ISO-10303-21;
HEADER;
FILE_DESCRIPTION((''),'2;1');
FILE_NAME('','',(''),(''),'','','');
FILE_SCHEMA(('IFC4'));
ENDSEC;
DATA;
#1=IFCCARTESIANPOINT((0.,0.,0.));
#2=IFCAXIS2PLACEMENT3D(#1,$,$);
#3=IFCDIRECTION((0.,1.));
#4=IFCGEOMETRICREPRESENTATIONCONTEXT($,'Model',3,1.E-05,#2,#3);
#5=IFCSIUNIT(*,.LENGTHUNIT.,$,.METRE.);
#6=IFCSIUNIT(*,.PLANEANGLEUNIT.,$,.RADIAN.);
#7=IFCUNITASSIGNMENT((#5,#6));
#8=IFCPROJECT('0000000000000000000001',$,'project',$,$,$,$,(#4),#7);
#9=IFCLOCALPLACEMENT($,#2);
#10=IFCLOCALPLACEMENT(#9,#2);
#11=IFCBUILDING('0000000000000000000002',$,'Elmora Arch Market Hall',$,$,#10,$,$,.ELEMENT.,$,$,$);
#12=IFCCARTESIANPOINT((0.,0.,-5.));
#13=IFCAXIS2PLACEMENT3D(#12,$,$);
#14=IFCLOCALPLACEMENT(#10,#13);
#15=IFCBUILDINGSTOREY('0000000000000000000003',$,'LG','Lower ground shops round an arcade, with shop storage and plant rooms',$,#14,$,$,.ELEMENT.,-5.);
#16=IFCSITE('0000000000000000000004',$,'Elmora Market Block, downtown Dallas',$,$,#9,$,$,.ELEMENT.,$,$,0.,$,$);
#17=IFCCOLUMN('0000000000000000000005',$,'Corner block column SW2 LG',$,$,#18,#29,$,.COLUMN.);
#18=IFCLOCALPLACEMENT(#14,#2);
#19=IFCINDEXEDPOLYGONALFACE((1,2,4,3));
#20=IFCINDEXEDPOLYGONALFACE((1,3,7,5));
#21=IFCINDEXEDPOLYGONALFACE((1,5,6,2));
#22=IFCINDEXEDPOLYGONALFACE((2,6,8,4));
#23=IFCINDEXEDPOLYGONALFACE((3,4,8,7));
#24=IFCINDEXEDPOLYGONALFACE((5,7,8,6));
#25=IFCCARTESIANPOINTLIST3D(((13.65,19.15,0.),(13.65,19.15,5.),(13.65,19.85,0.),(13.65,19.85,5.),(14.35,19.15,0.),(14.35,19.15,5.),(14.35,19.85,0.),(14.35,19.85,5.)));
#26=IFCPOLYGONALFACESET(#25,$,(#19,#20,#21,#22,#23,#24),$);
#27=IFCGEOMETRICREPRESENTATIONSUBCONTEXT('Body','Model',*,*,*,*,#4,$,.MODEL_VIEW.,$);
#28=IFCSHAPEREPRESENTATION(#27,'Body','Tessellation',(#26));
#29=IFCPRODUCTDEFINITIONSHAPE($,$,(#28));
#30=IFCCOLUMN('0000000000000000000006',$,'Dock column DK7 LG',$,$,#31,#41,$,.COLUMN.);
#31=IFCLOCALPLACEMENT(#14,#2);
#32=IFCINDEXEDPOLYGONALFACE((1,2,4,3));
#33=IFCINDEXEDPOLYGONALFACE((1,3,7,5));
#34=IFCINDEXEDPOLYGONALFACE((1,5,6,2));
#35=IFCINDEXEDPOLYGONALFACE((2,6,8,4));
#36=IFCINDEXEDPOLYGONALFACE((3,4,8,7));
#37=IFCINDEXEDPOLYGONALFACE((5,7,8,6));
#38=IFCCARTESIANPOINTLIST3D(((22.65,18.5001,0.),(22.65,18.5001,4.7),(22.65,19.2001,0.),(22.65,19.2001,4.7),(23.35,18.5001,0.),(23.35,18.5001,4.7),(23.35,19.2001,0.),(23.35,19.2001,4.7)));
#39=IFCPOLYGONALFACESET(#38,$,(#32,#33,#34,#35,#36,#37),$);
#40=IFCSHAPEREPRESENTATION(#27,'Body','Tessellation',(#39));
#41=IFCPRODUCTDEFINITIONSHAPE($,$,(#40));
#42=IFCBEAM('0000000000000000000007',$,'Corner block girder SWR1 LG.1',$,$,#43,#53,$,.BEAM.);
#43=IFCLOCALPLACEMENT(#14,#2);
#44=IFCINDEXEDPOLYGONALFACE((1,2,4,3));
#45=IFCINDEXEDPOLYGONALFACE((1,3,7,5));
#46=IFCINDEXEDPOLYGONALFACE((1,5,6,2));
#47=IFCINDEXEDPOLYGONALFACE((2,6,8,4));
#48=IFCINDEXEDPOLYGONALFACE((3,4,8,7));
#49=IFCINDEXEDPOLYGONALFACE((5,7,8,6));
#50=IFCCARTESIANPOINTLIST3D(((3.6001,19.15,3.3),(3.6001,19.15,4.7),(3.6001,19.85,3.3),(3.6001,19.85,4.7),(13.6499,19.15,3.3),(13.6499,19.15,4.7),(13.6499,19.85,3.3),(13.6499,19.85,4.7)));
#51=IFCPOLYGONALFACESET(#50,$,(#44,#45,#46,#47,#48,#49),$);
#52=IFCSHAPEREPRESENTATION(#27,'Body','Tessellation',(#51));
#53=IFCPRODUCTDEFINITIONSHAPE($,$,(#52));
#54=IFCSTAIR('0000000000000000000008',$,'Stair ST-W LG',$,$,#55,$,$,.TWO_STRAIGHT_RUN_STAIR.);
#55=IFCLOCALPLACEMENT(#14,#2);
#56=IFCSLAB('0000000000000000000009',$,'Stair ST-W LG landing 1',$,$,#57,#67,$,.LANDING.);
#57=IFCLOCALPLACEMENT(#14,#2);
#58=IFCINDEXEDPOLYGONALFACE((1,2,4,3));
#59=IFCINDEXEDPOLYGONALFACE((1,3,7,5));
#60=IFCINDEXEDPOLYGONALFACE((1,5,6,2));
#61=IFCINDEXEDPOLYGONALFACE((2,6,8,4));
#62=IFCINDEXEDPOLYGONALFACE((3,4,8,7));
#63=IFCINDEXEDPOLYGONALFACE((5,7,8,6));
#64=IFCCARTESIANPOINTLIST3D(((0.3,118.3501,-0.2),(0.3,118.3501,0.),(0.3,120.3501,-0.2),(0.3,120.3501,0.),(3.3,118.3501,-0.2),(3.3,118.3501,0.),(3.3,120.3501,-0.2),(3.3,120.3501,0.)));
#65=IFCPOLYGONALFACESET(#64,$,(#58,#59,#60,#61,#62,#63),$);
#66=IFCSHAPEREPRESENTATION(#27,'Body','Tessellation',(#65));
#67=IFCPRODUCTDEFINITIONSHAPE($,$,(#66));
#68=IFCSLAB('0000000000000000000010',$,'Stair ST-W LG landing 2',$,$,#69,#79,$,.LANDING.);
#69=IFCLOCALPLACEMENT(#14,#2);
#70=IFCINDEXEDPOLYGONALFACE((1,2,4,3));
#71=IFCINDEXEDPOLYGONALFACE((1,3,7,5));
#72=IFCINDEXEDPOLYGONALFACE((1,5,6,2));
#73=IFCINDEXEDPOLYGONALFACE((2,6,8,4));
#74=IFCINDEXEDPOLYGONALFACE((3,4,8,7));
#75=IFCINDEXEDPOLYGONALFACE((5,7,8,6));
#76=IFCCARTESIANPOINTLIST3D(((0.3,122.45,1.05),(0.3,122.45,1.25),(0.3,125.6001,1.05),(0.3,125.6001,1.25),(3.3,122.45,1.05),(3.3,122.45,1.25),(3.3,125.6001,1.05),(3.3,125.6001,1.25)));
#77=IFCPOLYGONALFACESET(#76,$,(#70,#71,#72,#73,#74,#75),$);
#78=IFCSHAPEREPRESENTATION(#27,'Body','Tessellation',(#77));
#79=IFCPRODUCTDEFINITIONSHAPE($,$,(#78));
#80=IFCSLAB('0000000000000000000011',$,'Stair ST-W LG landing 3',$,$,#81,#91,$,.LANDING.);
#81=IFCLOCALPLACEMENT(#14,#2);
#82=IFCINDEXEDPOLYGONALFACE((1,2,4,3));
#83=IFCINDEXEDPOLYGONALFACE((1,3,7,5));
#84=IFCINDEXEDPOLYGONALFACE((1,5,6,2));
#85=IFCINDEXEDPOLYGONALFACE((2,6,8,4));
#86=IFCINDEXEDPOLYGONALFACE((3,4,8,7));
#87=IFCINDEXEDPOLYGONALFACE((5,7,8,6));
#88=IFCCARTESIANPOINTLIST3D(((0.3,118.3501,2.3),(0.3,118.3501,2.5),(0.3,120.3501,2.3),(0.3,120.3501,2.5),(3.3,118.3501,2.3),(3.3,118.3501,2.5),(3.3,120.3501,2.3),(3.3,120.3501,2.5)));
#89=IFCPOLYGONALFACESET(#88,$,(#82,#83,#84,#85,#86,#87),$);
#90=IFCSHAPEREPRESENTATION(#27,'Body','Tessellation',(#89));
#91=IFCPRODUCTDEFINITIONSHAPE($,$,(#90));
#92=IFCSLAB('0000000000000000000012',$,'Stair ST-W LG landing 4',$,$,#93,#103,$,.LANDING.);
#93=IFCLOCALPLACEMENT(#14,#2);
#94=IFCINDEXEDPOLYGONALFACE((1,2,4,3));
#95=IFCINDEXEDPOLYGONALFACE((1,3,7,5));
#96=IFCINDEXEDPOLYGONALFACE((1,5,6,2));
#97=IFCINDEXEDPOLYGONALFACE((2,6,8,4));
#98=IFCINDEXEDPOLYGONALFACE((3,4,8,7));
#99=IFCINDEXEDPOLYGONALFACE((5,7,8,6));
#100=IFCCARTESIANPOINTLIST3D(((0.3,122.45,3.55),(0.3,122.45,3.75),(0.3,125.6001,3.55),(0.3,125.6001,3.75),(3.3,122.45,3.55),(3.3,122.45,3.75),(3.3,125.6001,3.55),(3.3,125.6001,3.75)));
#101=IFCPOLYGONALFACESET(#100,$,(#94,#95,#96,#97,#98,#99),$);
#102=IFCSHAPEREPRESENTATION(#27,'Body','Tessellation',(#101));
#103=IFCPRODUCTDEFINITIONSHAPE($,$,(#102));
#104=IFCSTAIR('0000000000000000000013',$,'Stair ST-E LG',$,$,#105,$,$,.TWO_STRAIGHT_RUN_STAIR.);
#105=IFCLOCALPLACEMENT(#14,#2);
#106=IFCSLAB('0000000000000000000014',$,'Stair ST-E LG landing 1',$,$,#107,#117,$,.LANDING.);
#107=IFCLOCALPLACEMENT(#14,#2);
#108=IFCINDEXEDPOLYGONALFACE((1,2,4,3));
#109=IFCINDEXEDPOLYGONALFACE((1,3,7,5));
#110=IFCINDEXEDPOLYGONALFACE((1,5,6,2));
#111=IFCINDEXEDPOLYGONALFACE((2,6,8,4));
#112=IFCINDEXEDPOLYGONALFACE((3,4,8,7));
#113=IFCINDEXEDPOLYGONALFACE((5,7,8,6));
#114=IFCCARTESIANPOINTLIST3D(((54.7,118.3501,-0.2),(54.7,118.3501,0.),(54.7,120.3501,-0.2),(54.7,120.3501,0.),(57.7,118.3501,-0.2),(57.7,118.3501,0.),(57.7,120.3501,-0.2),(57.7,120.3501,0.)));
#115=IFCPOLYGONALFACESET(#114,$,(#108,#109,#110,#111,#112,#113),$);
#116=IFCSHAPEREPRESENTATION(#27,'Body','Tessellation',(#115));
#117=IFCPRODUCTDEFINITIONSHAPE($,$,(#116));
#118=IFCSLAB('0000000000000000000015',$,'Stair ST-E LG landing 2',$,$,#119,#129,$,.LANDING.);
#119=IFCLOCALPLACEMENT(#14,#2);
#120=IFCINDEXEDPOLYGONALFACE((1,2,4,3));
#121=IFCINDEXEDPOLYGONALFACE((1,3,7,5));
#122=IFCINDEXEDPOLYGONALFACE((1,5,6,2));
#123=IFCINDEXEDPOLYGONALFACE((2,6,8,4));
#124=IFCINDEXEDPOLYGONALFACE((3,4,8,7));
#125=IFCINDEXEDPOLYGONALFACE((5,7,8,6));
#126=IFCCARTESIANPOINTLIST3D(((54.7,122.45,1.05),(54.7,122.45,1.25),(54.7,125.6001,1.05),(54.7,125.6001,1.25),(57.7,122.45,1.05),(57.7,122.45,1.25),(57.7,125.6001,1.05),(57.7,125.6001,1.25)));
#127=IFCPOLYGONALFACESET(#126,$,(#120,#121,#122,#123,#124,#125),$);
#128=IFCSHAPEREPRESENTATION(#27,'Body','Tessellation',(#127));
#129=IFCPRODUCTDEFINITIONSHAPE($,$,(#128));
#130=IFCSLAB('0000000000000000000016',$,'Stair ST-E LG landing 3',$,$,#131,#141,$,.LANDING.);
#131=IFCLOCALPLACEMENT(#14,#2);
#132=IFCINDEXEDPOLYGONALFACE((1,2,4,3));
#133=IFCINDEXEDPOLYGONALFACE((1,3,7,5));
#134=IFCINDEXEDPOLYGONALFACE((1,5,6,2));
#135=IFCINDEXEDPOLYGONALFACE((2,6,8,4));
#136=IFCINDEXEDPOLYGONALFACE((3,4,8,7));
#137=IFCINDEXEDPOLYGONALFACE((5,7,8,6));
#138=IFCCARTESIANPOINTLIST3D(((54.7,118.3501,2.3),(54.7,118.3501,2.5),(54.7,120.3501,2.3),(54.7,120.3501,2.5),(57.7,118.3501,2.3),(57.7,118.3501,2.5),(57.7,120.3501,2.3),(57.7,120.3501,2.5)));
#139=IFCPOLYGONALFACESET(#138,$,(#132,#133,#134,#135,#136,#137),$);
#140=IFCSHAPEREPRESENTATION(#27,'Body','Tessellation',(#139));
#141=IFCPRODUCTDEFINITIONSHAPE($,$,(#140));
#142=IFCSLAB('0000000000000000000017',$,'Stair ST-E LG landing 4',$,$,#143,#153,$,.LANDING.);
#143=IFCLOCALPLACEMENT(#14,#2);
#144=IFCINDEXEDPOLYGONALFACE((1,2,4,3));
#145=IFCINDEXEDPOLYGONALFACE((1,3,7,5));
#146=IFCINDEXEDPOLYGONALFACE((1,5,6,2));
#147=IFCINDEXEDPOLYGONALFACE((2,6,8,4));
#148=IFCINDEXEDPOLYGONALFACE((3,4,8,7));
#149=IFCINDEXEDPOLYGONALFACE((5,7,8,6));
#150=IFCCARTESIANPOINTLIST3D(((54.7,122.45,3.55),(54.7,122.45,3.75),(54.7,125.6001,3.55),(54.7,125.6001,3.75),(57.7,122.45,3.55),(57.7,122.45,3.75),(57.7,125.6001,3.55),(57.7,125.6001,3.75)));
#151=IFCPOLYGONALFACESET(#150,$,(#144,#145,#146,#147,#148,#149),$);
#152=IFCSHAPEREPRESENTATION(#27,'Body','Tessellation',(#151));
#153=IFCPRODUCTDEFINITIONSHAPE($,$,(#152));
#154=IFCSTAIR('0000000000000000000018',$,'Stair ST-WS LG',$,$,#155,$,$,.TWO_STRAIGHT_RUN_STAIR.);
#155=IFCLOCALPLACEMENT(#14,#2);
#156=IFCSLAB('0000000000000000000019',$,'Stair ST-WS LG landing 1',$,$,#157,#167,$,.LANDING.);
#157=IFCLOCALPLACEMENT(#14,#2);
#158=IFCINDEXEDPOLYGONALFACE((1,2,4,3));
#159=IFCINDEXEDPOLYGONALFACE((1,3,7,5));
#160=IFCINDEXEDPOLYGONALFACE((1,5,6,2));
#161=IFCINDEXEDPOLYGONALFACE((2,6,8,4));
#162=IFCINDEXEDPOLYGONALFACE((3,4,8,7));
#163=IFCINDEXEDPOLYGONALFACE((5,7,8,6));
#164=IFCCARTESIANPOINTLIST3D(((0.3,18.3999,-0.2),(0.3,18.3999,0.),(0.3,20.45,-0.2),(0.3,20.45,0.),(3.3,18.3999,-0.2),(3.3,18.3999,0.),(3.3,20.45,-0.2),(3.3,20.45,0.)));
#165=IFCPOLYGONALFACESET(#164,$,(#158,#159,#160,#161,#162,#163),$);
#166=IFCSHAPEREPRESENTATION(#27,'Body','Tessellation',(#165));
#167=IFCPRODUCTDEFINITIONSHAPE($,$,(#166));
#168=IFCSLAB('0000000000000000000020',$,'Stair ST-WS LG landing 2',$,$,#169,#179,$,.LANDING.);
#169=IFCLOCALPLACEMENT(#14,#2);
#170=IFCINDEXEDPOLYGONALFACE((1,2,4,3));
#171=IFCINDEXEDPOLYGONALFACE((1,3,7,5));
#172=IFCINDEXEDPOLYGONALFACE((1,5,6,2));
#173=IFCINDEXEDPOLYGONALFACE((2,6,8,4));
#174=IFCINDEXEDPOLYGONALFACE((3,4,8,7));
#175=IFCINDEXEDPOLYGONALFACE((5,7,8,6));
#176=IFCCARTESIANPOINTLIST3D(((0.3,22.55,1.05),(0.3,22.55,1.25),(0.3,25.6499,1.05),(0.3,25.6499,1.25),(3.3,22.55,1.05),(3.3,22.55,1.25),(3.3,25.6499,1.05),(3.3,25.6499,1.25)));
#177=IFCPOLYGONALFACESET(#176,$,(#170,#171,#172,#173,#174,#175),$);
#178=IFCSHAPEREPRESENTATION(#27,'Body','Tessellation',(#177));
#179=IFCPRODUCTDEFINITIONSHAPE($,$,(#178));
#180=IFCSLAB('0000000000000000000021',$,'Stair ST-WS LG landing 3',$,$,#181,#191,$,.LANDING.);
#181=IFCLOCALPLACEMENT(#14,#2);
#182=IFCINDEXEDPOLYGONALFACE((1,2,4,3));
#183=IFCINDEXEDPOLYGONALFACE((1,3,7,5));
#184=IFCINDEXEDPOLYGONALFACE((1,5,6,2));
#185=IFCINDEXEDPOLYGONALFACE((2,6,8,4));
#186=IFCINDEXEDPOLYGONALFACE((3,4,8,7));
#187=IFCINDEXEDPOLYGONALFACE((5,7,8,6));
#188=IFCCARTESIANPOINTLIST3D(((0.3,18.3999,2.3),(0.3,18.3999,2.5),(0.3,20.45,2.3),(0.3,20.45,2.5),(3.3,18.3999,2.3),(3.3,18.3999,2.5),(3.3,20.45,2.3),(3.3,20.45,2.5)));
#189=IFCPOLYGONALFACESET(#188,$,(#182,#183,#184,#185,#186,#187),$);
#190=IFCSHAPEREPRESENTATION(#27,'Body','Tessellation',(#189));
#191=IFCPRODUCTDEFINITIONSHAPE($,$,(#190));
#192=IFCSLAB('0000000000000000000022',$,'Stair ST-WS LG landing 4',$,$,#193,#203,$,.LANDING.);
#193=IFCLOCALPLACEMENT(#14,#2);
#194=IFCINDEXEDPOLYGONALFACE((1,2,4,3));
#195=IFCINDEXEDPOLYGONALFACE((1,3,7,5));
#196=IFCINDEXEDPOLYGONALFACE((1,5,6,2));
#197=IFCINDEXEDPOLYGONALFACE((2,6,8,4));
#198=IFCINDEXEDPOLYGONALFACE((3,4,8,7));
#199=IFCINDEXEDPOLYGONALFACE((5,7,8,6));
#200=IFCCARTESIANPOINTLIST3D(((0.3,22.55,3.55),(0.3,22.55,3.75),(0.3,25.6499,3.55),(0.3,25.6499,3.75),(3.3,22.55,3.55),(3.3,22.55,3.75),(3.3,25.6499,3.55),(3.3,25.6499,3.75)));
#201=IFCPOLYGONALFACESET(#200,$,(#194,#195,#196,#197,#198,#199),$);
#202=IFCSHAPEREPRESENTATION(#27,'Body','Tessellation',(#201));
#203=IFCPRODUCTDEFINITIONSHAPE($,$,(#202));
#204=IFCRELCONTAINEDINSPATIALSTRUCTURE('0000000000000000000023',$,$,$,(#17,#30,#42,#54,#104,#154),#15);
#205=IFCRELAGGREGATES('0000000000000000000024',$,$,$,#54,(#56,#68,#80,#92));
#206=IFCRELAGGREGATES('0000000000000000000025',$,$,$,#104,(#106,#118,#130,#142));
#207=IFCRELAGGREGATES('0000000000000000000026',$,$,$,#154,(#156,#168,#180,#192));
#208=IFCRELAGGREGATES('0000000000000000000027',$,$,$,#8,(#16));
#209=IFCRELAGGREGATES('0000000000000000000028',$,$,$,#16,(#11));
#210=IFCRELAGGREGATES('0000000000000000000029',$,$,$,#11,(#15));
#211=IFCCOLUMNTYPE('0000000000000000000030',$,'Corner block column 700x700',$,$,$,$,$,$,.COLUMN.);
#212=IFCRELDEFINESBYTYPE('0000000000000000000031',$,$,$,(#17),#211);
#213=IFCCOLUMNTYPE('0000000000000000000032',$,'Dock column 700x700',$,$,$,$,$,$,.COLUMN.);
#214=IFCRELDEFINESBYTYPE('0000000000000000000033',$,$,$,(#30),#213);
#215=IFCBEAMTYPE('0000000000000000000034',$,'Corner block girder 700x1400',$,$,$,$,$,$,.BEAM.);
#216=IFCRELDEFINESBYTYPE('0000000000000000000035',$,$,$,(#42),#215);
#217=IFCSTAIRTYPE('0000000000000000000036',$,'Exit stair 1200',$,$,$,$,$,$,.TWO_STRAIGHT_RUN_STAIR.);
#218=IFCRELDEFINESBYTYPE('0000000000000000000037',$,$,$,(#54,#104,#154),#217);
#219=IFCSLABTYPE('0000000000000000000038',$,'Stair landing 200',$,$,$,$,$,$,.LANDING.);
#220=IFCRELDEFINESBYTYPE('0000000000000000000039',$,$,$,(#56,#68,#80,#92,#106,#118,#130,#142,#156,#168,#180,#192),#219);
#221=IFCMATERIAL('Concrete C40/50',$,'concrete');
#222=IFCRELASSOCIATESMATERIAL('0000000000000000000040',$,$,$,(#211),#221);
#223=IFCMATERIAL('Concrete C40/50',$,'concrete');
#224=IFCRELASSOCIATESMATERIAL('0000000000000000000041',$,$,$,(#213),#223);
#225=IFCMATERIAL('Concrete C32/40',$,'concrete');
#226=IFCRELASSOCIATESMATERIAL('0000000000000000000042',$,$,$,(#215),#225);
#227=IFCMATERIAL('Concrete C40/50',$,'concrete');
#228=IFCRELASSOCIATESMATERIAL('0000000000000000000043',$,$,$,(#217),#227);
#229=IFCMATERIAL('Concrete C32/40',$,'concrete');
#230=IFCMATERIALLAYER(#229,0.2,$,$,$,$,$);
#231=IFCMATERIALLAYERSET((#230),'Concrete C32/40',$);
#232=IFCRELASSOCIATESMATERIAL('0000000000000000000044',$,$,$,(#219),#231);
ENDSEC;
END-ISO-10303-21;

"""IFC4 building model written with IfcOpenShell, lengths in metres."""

from ifc_helpers import new_model, si_unit, direction, frame, origin, origin_2d, place, context, subcontext, project, spatial, polyline, rectangle, outline, extrude, material, layer, layer_set, material_profile, profile_set, type_object, element, aggregate, save


model = new_model("IFC4")

# Units and contexts
model_context = context("Model", 3, precision=1e-05, world=origin(), true_north=direction((0.0, 1.0)))
body_context = subcontext(model_context, "Body", "Model", "MODEL_VIEW")
ifc_project = project(units=[si_unit("LENGTHUNIT", "METRE"), si_unit("PLANEANGLEUNIT", "RADIAN")], contexts=[model_context])

# Site, building, storey
site_placement = place(None, origin())
site = spatial("IfcSite", under=ifc_project, at=site_placement, Name="Elmora Market Block, downtown Dallas", CompositionType="ELEMENT", RefElevation=0.0)
building_placement = place(site_placement, origin())
building = spatial("IfcBuilding", under=site, at=building_placement, Name="Elmora Arch Market Hall", CompositionType="ELEMENT")
storey_placement = place(building_placement, frame((0.0, 0.0, -5.0)))
storey = spatial("IfcBuildingStorey", under=building, at=storey_placement, Name="LG", Description="Lower ground shops round an arcade, with shop storage and plant rooms", CompositionType="ELEMENT", Elevation=-5.0)

# Columns
ifc_material_1 = material(Name="Concrete C40/50", Category="concrete")
ifc_material_profile_1 = material_profile(ifc_material_1, rectangle(XDim=0.7, YDim=0.7, at=origin_2d()), Name="Corner block column 700x700")
ifc_profile_set_1 = profile_set([ifc_material_profile_1], Name="Concrete C40/50")
column_type_1 = type_object("IfcColumnType", Name="Corner block column 700x700", PredefinedType="COLUMN", material=ifc_profile_set_1)
column_1_placement = place(storey_placement, frame((14.0, 19.5, 0.0), z_axis=(0.0, 0.0, 1.0), x_axis=(1.0, 0.0, 0.0)))
element("IfcColumn", 1, at=column_1_placement, inside=storey, type_object=column_type_1, Name="Corner block column SW2 LG", PredefinedType="COLUMN", context=body_context, shape_type="SweptSolid", body=[
    extrude(rectangle(XDim=0.7, YDim=0.7, at=origin_2d()), origin(), (0.0, 0.0, 1.0), 5.0),
])
ifc_material_2 = material(Name="Concrete C40/50", Category="concrete")
ifc_material_profile_2 = material_profile(ifc_material_2, rectangle(XDim=0.7, YDim=0.7, at=origin_2d()), Name="Dock column 700x700")
ifc_profile_set_2 = profile_set([ifc_material_profile_2], Name="Concrete C40/50")
column_type_2 = type_object("IfcColumnType", Name="Dock column 700x700", PredefinedType="COLUMN", material=ifc_profile_set_2)
column_2_placement = place(storey_placement, frame((23.0, 18.8501, 0.0), z_axis=(0.0, 0.0, 1.0), x_axis=(1.0, 0.0, 0.0)))
element("IfcColumn", 2, at=column_2_placement, inside=storey, type_object=column_type_2, Name="Dock column DK7 LG", PredefinedType="COLUMN", context=body_context, shape_type="SweptSolid", body=[
    extrude(rectangle(XDim=0.7, YDim=0.7, at=origin_2d()), origin(), (0.0, 0.0, 1.0), 4.7),
])

# Beam
ifc_material_3 = material(Name="Concrete C32/40", Category="concrete")
ifc_material_profile_3 = material_profile(ifc_material_3, rectangle(XDim=0.7, YDim=1.3999, at=origin_2d()), Name="Corner block girder 700x1400")
ifc_profile_set_3 = profile_set([ifc_material_profile_3], Name="Concrete C32/40")
beam_type = type_object("IfcBeamType", Name="Corner block girder 700x1400", PredefinedType="BEAM", material=ifc_profile_set_3)
beam_placement = place(storey_placement, frame((3.6001, 19.5, 4.0), z_axis=(1.0, 0.0, 0.0), x_axis=(0.0, 1.0, 0.0)))
element("IfcBeam", 3, at=beam_placement, inside=storey, type_object=beam_type, Name="Corner block girder SWR1 LG.1", PredefinedType="BEAM", context=body_context, shape_type="SweptSolid", body=[
    extrude(rectangle(XDim=0.7, YDim=1.3999, at=origin_2d()), origin(), (0.0, 0.0, 1.0), 10.0498),
])

# Stairs, slabs
ifc_material_4 = material(Name="Concrete C40/50", Category="concrete")
stair_type = type_object("IfcStairType", Name="Exit stair 1200", PredefinedType="TWO_STRAIGHT_RUN_STAIR", material=ifc_material_4)
stair_1_placement = place(storey_placement, origin())
stair_1 = element("IfcStair", 4, at=stair_1_placement, inside=storey, type_object=stair_type, Name="Stair ST-W LG", PredefinedType="TWO_STRAIGHT_RUN_STAIR")
ifc_material_5 = material(Name="Concrete C32/40", Category="concrete")
ifc_layer_1 = layer(ifc_material_5, 0.2)
ifc_layer_set_1 = layer_set([ifc_layer_1], Name="Concrete C32/40")
slab_type_1 = type_object("IfcSlabType", Name="Stair landing 200", PredefinedType="LANDING", material=ifc_layer_set_1)
slab_1_placement = place(storey_placement, frame((0.0, 0.0, -0.2)))
slab_1 = element("IfcSlab", 5, at=slab_1_placement, type_object=slab_type_1, Name="Stair ST-W LG landing 1", PredefinedType="LANDING", context=body_context, shape_type="SweptSolid", body=[
    extrude(outline(polyline([(0.3, 118.3501), (3.3, 118.3501), (3.3, 120.3501), (0.3, 120.3501), (0.3, 118.3501)])), origin(), (0.0, 0.0, 1.0), 0.2),
])
slab_2_placement = place(storey_placement, frame((0.0, 0.0, 1.05)))
slab_2 = element("IfcSlab", 6, at=slab_2_placement, type_object=slab_type_1, Name="Stair ST-W LG landing 2", PredefinedType="LANDING", context=body_context, shape_type="SweptSolid", body=[
    extrude(outline(polyline([(0.3, 122.45), (3.3, 122.45), (3.3, 125.6001), (0.3, 125.6001), (0.3, 122.45)])), origin(), (0.0, 0.0, 1.0), 0.2),
])
slab_3_placement = place(storey_placement, frame((0.0, 0.0, 2.3)))
slab_3 = element("IfcSlab", 7, at=slab_3_placement, type_object=slab_type_1, Name="Stair ST-W LG landing 3", PredefinedType="LANDING", context=body_context, shape_type="SweptSolid", body=[
    extrude(outline(polyline([(0.3, 118.3501), (3.3, 118.3501), (3.3, 120.3501), (0.3, 120.3501), (0.3, 118.3501)])), origin(), (0.0, 0.0, 1.0), 0.2),
])
slab_4_placement = place(storey_placement, frame((0.0, 0.0, 3.55)))
slab_4 = element("IfcSlab", 8, at=slab_4_placement, type_object=slab_type_1, Name="Stair ST-W LG landing 4", PredefinedType="LANDING", context=body_context, shape_type="SweptSolid", body=[
    extrude(outline(polyline([(0.3, 122.45), (3.3, 122.45), (3.3, 125.6001), (0.3, 125.6001), (0.3, 122.45)])), origin(), (0.0, 0.0, 1.0), 0.2),
])
aggregate(stair_1, [slab_1, slab_2, slab_3, slab_4])
stair_2_placement = place(storey_placement, origin())
stair_2 = element("IfcStair", 9, at=stair_2_placement, inside=storey, type_object=stair_type, Name="Stair ST-E LG", PredefinedType="TWO_STRAIGHT_RUN_STAIR")
slab_5_placement = place(storey_placement, frame((0.0, 0.0, -0.2)))
slab_5 = element("IfcSlab", 10, at=slab_5_placement, type_object=slab_type_1, Name="Stair ST-E LG landing 1", PredefinedType="LANDING", context=body_context, shape_type="SweptSolid", body=[
    extrude(outline(polyline([(54.7, 118.3501), (57.7, 118.3501), (57.7, 120.3501), (54.7, 120.3501), (54.7, 118.3501)])), origin(), (0.0, 0.0, 1.0), 0.2),
])
slab_6_placement = place(storey_placement, frame((0.0, 0.0, 1.05)))
slab_6 = element("IfcSlab", 11, at=slab_6_placement, type_object=slab_type_1, Name="Stair ST-E LG landing 2", PredefinedType="LANDING", context=body_context, shape_type="SweptSolid", body=[
    extrude(outline(polyline([(54.7, 122.45), (57.7, 122.45), (57.7, 125.6001), (54.7, 125.6001), (54.7, 122.45)])), origin(), (0.0, 0.0, 1.0), 0.2),
])
slab_7_placement = place(storey_placement, frame((0.0, 0.0, 2.3)))
slab_7 = element("IfcSlab", 12, at=slab_7_placement, type_object=slab_type_1, Name="Stair ST-E LG landing 3", PredefinedType="LANDING", context=body_context, shape_type="SweptSolid", body=[
    extrude(outline(polyline([(54.7, 118.3501), (57.7, 118.3501), (57.7, 120.3501), (54.7, 120.3501), (54.7, 118.3501)])), origin(), (0.0, 0.0, 1.0), 0.2),
])
slab_8_placement = place(storey_placement, frame((0.0, 0.0, 3.55)))
slab_8 = element("IfcSlab", 13, at=slab_8_placement, type_object=slab_type_1, Name="Stair ST-E LG landing 4", PredefinedType="LANDING", context=body_context, shape_type="SweptSolid", body=[
    extrude(outline(polyline([(54.7, 122.45), (57.7, 122.45), (57.7, 125.6001), (54.7, 125.6001), (54.7, 122.45)])), origin(), (0.0, 0.0, 1.0), 0.2),
])
aggregate(stair_2, [slab_5, slab_6, slab_7, slab_8])
stair_3_placement = place(storey_placement, origin())
stair_3 = element("IfcStair", 14, at=stair_3_placement, inside=storey, type_object=stair_type, Name="Stair ST-WS LG", PredefinedType="TWO_STRAIGHT_RUN_STAIR")
slab_9_placement = place(storey_placement, frame((0.0, 0.0, -0.2)))
slab_9 = element("IfcSlab", 15, at=slab_9_placement, type_object=slab_type_1, Name="Stair ST-WS LG landing 1", PredefinedType="LANDING", context=body_context, shape_type="SweptSolid", body=[
    extrude(outline(polyline([(0.3, 18.3999), (3.3, 18.3999), (3.3, 20.45), (0.3, 20.45), (0.3, 18.3999)])), origin(), (0.0, 0.0, 1.0), 0.2),
])
slab_10_placement = place(storey_placement, frame((0.0, 0.0, 1.05)))
slab_10 = element("IfcSlab", 16, at=slab_10_placement, type_object=slab_type_1, Name="Stair ST-WS LG landing 2", PredefinedType="LANDING", context=body_context, shape_type="SweptSolid", body=[
    extrude(outline(polyline([(0.3, 22.55), (3.3, 22.55), (3.3, 25.6499), (0.3, 25.6499), (0.3, 22.55)])), origin(), (0.0, 0.0, 1.0), 0.2),
])
slab_11_placement = place(storey_placement, frame((0.0, 0.0, 2.3)))
slab_11 = element("IfcSlab", 17, at=slab_11_placement, type_object=slab_type_1, Name="Stair ST-WS LG landing 3", PredefinedType="LANDING", context=body_context, shape_type="SweptSolid", body=[
    extrude(outline(polyline([(0.3, 18.3999), (3.3, 18.3999), (3.3, 20.45), (0.3, 20.45), (0.3, 18.3999)])), origin(), (0.0, 0.0, 1.0), 0.2),
])
slab_12_placement = place(storey_placement, frame((0.0, 0.0, 3.55)))
slab_12 = element("IfcSlab", 18, at=slab_12_placement, type_object=slab_type_1, Name="Stair ST-WS LG landing 4", PredefinedType="LANDING", context=body_context, shape_type="SweptSolid", body=[
    extrude(outline(polyline([(0.3, 22.55), (3.3, 22.55), (3.3, 25.6499), (0.3, 25.6499), (0.3, 22.55)])), origin(), (0.0, 0.0, 1.0), 0.2),
])
aggregate(stair_3, [slab_9, slab_10, slab_11, slab_12])

save(model, "model.ifc")
